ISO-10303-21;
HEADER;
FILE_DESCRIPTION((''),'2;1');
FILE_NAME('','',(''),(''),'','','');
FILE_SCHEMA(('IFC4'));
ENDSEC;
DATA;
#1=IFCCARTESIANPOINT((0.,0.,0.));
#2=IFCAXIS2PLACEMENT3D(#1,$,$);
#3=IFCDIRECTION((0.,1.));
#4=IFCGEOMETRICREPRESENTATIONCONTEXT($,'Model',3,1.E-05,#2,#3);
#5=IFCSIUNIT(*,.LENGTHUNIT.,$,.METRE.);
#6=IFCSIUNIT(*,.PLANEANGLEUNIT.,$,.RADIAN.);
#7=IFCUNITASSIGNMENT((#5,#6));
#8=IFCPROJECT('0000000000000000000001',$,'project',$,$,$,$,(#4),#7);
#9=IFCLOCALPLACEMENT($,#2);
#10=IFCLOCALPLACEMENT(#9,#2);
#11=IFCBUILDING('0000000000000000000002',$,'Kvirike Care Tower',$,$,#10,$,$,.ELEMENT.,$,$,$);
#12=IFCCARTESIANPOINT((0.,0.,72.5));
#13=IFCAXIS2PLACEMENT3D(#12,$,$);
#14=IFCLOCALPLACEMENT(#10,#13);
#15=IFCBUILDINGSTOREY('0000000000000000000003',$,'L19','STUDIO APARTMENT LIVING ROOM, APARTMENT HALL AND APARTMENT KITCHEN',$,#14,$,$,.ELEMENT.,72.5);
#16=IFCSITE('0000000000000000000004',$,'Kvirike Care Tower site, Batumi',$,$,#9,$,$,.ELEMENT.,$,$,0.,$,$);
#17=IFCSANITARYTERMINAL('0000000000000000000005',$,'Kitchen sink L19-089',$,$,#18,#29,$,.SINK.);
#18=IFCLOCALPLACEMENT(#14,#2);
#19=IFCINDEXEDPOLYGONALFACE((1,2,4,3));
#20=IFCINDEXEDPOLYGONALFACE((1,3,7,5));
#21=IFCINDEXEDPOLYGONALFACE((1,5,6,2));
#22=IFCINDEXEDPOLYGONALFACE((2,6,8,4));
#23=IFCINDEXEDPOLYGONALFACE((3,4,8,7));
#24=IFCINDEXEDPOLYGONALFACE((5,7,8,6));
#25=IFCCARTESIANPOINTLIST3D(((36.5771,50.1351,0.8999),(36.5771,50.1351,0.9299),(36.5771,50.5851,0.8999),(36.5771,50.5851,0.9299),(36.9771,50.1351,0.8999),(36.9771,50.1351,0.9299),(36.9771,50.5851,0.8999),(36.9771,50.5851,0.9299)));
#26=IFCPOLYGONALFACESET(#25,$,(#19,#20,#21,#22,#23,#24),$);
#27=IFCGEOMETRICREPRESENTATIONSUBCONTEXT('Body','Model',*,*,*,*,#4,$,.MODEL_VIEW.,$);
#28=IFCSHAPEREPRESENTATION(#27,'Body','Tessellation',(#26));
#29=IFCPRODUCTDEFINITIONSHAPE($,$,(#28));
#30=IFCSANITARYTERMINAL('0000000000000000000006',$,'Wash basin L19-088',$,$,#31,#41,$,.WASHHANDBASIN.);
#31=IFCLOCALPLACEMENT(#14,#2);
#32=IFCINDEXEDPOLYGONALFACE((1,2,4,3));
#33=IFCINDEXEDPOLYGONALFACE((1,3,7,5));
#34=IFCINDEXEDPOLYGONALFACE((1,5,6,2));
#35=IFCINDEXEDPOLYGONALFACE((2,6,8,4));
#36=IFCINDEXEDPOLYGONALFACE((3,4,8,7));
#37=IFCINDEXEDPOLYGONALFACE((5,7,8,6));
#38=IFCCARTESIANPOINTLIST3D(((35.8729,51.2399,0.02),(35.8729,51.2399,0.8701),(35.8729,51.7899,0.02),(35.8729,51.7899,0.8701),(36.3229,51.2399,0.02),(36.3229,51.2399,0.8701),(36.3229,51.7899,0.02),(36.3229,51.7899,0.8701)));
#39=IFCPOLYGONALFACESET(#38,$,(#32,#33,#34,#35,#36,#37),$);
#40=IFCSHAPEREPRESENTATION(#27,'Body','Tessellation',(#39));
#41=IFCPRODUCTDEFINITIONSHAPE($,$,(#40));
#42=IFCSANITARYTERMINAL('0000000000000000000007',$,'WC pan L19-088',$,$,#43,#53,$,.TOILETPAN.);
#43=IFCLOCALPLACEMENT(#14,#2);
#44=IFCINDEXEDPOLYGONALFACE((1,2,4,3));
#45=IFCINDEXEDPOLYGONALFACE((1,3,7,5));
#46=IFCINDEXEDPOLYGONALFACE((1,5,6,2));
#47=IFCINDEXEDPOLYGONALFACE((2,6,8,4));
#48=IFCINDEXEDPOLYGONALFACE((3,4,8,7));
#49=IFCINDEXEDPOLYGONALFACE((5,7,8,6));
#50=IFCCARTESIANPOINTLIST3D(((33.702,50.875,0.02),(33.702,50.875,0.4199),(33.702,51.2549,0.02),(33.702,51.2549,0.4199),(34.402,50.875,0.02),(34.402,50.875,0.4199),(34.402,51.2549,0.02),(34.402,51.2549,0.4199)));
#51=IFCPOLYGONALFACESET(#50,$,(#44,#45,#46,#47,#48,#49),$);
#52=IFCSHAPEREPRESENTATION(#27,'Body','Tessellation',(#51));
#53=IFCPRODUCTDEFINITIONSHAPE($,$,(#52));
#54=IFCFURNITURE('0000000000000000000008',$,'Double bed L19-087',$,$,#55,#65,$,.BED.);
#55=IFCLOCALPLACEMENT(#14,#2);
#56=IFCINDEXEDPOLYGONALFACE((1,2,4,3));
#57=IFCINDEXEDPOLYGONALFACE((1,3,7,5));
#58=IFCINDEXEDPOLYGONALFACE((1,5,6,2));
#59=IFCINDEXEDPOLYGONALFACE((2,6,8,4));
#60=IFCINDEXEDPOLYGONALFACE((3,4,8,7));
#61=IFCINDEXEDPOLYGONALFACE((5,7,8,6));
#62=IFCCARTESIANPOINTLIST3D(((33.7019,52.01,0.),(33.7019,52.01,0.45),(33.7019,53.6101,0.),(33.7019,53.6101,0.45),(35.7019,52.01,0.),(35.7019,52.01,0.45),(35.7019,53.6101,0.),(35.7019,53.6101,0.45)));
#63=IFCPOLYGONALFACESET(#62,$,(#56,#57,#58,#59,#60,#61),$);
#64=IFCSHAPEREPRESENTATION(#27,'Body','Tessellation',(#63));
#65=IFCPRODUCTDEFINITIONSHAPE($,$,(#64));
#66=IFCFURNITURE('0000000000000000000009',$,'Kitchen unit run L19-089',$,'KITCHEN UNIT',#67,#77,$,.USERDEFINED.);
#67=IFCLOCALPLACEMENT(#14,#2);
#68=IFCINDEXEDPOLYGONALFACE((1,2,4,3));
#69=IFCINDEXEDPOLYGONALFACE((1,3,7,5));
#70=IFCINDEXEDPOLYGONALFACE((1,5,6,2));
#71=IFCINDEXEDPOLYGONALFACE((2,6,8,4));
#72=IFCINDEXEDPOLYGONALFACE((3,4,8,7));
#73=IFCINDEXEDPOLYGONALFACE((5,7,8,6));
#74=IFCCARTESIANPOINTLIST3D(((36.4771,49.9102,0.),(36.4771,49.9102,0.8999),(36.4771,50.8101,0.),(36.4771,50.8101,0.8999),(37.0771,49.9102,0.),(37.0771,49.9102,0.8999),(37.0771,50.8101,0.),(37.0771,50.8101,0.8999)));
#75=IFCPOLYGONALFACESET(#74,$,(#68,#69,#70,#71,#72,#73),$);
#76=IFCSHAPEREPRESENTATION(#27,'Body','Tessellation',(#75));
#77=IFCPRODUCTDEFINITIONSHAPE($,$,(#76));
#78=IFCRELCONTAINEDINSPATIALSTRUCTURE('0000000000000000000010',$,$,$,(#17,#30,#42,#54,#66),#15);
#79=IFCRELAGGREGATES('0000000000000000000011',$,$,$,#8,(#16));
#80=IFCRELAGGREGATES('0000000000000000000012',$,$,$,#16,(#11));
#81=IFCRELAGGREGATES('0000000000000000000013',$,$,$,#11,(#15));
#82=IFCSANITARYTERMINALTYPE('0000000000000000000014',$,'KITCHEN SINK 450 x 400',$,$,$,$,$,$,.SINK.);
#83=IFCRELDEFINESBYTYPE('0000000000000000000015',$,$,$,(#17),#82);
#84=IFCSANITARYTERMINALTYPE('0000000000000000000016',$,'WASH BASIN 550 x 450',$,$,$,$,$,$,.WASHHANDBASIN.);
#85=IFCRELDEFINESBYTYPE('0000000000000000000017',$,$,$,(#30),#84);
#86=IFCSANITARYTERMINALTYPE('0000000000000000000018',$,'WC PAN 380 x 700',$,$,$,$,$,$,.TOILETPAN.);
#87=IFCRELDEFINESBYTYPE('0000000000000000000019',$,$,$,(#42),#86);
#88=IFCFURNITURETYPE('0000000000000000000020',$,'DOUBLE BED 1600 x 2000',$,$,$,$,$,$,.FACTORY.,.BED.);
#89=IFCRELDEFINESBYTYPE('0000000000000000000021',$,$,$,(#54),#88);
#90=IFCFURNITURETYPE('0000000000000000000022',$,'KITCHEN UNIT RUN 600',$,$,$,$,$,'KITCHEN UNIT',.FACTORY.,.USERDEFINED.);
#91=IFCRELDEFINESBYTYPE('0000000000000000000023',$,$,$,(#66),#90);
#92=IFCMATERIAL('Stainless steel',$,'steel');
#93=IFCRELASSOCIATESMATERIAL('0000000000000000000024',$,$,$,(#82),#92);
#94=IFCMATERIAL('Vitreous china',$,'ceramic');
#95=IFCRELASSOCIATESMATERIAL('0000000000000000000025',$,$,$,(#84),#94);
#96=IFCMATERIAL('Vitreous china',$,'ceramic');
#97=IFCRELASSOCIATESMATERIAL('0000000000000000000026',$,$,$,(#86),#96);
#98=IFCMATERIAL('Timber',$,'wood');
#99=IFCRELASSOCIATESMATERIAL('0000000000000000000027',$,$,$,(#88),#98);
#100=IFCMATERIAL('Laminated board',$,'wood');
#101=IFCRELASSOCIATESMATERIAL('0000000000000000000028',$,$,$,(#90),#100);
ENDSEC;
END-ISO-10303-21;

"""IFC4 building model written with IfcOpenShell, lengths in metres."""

from ifc_helpers import new_model, si_unit, direction, frame, origin, origin_2d, place, context, subcontext, project, spatial, rectangle, extrude, material, type_object, element, save


model = new_model("IFC4")

# Units and contexts
model_context = context("Model", 3, precision=1e-05, world=origin(), true_north=direction((0.0, 1.0)))
body_context = subcontext(model_context, "Body", "Model", "MODEL_VIEW")
ifc_project = project(units=[si_unit("LENGTHUNIT", "METRE"), si_unit("PLANEANGLEUNIT", "RADIAN")], contexts=[model_context])

# Site, building, storey
site_placement = place(None, origin())
site = spatial("IfcSite", under=ifc_project, at=site_placement, Name="Kvirike Care Tower site, Batumi", CompositionType="ELEMENT", RefElevation=0.0)
building_placement = place(site_placement, origin())
building = spatial("IfcBuilding", under=site, at=building_placement, Name="Kvirike Care Tower", CompositionType="ELEMENT")
storey_placement = place(building_placement, frame((0.0, 0.0, 72.5)))
storey = spatial("IfcBuildingStorey", under=building, at=storey_placement, Name="L19", Description="STUDIO APARTMENT LIVING ROOM, APARTMENT HALL AND APARTMENT KITCHEN", CompositionType="ELEMENT", Elevation=72.5)

# Sanitary terminals
ifc_material_1 = material(Name="Stainless steel", Category="steel")
sanitary_terminal_type_1 = type_object("IfcSanitaryTerminalType", Name="KITCHEN SINK 450 x 400", PredefinedType="SINK", material=ifc_material_1)
sanitary_terminal_1_placement = place(storey_placement, frame((36.7771, 50.3601, 0.8999), z_axis=(0.0, 0.0, 1.0), x_axis=(0.0, 1.0, 0.0)))
element("IfcSanitaryTerminal", 1, at=sanitary_terminal_1_placement, inside=storey, type_object=sanitary_terminal_type_1, Name="Kitchen sink L19-089", PredefinedType="SINK", context=body_context, shape_type="SweptSolid", body=[
    extrude(rectangle(XDim=0.45, YDim=0.3999, at=origin_2d()), origin(), (0.0, 0.0, 1.0), 0.03),
])
ifc_material_2 = material(Name="Vitreous china", Category="ceramic")
sanitary_terminal_type_2 = type_object("IfcSanitaryTerminalType", Name="WASH BASIN 550 x 450", PredefinedType="WASHHANDBASIN", material=ifc_material_2)
sanitary_terminal_2_placement = place(storey_placement, frame((36.0979, 51.5149, 0.02), z_axis=(0.0, 0.0, 1.0), x_axis=(0.0, -1.0, 0.0)))
element("IfcSanitaryTerminal", 2, at=sanitary_terminal_2_placement, inside=storey, type_object=sanitary_terminal_type_2, Name="Wash basin L19-088", PredefinedType="WASHHANDBASIN", context=body_context, shape_type="SweptSolid", body=[
    extrude(rectangle(XDim=0.55, YDim=0.45, at=origin_2d()), origin(), (0.0, 0.0, 1.0), 0.8501),
])
ifc_material_3 = material(Name="Vitreous china", Category="ceramic")
sanitary_terminal_type_3 = type_object("IfcSanitaryTerminalType", Name="WC PAN 380 x 700", PredefinedType="TOILETPAN", material=ifc_material_3)
sanitary_terminal_3_placement = place(storey_placement, frame((34.052, 51.0649, 0.02), z_axis=(0.0, 0.0, 1.0), x_axis=(0.0, 1.0, 0.0)))
element("IfcSanitaryTerminal", 3, at=sanitary_terminal_3_placement, inside=storey, type_object=sanitary_terminal_type_3, Name="WC pan L19-088", PredefinedType="TOILETPAN", context=body_context, shape_type="SweptSolid", body=[
    extrude(rectangle(XDim=0.3799, YDim=0.7, at=origin_2d()), origin(), (0.0, 0.0, 1.0), 0.3999),
])

# Furniture
ifc_material_4 = material(Name="Timber", Category="wood")
furniture_type_1 = type_object("IfcFurnitureType", Name="DOUBLE BED 1600 x 2000", AssemblyPlace="FACTORY", PredefinedType="BED", material=ifc_material_4)
furniture_1_placement = place(storey_placement, frame((34.7019, 52.8101, 0.0), z_axis=(0.0, 0.0, 1.0), x_axis=(0.0, 1.0, 0.0)))
element("IfcFurniture", 4, at=furniture_1_placement, inside=storey, type_object=furniture_type_1, Name="Double bed L19-087", PredefinedType="BED", context=body_context, shape_type="SweptSolid", body=[
    extrude(rectangle(XDim=1.6001, YDim=2.0, at=origin_2d()), origin(), (0.0, 0.0, 1.0), 0.45),
])
ifc_material_5 = material(Name="Laminated board", Category="wood")
furniture_type_2 = type_object("IfcFurnitureType", Name="KITCHEN UNIT RUN 600", ElementType="KITCHEN UNIT", AssemblyPlace="FACTORY", PredefinedType="USERDEFINED", material=ifc_material_5)
furniture_2_placement = place(storey_placement, frame((36.7771, 50.3601, 0.0), z_axis=(0.0, 0.0, 1.0), x_axis=(0.0, 1.0, 0.0)))
element("IfcFurniture", 5, at=furniture_2_placement, inside=storey, type_object=furniture_type_2, Name="Kitchen unit run L19-089", ObjectType="KITCHEN UNIT", PredefinedType="USERDEFINED", context=body_context, shape_type="SweptSolid", body=[
    extrude(rectangle(XDim=0.8999, YDim=0.6001, at=origin_2d()), origin(), (0.0, 0.0, 1.0), 0.8999),
])

save(model, "model.ifc")
